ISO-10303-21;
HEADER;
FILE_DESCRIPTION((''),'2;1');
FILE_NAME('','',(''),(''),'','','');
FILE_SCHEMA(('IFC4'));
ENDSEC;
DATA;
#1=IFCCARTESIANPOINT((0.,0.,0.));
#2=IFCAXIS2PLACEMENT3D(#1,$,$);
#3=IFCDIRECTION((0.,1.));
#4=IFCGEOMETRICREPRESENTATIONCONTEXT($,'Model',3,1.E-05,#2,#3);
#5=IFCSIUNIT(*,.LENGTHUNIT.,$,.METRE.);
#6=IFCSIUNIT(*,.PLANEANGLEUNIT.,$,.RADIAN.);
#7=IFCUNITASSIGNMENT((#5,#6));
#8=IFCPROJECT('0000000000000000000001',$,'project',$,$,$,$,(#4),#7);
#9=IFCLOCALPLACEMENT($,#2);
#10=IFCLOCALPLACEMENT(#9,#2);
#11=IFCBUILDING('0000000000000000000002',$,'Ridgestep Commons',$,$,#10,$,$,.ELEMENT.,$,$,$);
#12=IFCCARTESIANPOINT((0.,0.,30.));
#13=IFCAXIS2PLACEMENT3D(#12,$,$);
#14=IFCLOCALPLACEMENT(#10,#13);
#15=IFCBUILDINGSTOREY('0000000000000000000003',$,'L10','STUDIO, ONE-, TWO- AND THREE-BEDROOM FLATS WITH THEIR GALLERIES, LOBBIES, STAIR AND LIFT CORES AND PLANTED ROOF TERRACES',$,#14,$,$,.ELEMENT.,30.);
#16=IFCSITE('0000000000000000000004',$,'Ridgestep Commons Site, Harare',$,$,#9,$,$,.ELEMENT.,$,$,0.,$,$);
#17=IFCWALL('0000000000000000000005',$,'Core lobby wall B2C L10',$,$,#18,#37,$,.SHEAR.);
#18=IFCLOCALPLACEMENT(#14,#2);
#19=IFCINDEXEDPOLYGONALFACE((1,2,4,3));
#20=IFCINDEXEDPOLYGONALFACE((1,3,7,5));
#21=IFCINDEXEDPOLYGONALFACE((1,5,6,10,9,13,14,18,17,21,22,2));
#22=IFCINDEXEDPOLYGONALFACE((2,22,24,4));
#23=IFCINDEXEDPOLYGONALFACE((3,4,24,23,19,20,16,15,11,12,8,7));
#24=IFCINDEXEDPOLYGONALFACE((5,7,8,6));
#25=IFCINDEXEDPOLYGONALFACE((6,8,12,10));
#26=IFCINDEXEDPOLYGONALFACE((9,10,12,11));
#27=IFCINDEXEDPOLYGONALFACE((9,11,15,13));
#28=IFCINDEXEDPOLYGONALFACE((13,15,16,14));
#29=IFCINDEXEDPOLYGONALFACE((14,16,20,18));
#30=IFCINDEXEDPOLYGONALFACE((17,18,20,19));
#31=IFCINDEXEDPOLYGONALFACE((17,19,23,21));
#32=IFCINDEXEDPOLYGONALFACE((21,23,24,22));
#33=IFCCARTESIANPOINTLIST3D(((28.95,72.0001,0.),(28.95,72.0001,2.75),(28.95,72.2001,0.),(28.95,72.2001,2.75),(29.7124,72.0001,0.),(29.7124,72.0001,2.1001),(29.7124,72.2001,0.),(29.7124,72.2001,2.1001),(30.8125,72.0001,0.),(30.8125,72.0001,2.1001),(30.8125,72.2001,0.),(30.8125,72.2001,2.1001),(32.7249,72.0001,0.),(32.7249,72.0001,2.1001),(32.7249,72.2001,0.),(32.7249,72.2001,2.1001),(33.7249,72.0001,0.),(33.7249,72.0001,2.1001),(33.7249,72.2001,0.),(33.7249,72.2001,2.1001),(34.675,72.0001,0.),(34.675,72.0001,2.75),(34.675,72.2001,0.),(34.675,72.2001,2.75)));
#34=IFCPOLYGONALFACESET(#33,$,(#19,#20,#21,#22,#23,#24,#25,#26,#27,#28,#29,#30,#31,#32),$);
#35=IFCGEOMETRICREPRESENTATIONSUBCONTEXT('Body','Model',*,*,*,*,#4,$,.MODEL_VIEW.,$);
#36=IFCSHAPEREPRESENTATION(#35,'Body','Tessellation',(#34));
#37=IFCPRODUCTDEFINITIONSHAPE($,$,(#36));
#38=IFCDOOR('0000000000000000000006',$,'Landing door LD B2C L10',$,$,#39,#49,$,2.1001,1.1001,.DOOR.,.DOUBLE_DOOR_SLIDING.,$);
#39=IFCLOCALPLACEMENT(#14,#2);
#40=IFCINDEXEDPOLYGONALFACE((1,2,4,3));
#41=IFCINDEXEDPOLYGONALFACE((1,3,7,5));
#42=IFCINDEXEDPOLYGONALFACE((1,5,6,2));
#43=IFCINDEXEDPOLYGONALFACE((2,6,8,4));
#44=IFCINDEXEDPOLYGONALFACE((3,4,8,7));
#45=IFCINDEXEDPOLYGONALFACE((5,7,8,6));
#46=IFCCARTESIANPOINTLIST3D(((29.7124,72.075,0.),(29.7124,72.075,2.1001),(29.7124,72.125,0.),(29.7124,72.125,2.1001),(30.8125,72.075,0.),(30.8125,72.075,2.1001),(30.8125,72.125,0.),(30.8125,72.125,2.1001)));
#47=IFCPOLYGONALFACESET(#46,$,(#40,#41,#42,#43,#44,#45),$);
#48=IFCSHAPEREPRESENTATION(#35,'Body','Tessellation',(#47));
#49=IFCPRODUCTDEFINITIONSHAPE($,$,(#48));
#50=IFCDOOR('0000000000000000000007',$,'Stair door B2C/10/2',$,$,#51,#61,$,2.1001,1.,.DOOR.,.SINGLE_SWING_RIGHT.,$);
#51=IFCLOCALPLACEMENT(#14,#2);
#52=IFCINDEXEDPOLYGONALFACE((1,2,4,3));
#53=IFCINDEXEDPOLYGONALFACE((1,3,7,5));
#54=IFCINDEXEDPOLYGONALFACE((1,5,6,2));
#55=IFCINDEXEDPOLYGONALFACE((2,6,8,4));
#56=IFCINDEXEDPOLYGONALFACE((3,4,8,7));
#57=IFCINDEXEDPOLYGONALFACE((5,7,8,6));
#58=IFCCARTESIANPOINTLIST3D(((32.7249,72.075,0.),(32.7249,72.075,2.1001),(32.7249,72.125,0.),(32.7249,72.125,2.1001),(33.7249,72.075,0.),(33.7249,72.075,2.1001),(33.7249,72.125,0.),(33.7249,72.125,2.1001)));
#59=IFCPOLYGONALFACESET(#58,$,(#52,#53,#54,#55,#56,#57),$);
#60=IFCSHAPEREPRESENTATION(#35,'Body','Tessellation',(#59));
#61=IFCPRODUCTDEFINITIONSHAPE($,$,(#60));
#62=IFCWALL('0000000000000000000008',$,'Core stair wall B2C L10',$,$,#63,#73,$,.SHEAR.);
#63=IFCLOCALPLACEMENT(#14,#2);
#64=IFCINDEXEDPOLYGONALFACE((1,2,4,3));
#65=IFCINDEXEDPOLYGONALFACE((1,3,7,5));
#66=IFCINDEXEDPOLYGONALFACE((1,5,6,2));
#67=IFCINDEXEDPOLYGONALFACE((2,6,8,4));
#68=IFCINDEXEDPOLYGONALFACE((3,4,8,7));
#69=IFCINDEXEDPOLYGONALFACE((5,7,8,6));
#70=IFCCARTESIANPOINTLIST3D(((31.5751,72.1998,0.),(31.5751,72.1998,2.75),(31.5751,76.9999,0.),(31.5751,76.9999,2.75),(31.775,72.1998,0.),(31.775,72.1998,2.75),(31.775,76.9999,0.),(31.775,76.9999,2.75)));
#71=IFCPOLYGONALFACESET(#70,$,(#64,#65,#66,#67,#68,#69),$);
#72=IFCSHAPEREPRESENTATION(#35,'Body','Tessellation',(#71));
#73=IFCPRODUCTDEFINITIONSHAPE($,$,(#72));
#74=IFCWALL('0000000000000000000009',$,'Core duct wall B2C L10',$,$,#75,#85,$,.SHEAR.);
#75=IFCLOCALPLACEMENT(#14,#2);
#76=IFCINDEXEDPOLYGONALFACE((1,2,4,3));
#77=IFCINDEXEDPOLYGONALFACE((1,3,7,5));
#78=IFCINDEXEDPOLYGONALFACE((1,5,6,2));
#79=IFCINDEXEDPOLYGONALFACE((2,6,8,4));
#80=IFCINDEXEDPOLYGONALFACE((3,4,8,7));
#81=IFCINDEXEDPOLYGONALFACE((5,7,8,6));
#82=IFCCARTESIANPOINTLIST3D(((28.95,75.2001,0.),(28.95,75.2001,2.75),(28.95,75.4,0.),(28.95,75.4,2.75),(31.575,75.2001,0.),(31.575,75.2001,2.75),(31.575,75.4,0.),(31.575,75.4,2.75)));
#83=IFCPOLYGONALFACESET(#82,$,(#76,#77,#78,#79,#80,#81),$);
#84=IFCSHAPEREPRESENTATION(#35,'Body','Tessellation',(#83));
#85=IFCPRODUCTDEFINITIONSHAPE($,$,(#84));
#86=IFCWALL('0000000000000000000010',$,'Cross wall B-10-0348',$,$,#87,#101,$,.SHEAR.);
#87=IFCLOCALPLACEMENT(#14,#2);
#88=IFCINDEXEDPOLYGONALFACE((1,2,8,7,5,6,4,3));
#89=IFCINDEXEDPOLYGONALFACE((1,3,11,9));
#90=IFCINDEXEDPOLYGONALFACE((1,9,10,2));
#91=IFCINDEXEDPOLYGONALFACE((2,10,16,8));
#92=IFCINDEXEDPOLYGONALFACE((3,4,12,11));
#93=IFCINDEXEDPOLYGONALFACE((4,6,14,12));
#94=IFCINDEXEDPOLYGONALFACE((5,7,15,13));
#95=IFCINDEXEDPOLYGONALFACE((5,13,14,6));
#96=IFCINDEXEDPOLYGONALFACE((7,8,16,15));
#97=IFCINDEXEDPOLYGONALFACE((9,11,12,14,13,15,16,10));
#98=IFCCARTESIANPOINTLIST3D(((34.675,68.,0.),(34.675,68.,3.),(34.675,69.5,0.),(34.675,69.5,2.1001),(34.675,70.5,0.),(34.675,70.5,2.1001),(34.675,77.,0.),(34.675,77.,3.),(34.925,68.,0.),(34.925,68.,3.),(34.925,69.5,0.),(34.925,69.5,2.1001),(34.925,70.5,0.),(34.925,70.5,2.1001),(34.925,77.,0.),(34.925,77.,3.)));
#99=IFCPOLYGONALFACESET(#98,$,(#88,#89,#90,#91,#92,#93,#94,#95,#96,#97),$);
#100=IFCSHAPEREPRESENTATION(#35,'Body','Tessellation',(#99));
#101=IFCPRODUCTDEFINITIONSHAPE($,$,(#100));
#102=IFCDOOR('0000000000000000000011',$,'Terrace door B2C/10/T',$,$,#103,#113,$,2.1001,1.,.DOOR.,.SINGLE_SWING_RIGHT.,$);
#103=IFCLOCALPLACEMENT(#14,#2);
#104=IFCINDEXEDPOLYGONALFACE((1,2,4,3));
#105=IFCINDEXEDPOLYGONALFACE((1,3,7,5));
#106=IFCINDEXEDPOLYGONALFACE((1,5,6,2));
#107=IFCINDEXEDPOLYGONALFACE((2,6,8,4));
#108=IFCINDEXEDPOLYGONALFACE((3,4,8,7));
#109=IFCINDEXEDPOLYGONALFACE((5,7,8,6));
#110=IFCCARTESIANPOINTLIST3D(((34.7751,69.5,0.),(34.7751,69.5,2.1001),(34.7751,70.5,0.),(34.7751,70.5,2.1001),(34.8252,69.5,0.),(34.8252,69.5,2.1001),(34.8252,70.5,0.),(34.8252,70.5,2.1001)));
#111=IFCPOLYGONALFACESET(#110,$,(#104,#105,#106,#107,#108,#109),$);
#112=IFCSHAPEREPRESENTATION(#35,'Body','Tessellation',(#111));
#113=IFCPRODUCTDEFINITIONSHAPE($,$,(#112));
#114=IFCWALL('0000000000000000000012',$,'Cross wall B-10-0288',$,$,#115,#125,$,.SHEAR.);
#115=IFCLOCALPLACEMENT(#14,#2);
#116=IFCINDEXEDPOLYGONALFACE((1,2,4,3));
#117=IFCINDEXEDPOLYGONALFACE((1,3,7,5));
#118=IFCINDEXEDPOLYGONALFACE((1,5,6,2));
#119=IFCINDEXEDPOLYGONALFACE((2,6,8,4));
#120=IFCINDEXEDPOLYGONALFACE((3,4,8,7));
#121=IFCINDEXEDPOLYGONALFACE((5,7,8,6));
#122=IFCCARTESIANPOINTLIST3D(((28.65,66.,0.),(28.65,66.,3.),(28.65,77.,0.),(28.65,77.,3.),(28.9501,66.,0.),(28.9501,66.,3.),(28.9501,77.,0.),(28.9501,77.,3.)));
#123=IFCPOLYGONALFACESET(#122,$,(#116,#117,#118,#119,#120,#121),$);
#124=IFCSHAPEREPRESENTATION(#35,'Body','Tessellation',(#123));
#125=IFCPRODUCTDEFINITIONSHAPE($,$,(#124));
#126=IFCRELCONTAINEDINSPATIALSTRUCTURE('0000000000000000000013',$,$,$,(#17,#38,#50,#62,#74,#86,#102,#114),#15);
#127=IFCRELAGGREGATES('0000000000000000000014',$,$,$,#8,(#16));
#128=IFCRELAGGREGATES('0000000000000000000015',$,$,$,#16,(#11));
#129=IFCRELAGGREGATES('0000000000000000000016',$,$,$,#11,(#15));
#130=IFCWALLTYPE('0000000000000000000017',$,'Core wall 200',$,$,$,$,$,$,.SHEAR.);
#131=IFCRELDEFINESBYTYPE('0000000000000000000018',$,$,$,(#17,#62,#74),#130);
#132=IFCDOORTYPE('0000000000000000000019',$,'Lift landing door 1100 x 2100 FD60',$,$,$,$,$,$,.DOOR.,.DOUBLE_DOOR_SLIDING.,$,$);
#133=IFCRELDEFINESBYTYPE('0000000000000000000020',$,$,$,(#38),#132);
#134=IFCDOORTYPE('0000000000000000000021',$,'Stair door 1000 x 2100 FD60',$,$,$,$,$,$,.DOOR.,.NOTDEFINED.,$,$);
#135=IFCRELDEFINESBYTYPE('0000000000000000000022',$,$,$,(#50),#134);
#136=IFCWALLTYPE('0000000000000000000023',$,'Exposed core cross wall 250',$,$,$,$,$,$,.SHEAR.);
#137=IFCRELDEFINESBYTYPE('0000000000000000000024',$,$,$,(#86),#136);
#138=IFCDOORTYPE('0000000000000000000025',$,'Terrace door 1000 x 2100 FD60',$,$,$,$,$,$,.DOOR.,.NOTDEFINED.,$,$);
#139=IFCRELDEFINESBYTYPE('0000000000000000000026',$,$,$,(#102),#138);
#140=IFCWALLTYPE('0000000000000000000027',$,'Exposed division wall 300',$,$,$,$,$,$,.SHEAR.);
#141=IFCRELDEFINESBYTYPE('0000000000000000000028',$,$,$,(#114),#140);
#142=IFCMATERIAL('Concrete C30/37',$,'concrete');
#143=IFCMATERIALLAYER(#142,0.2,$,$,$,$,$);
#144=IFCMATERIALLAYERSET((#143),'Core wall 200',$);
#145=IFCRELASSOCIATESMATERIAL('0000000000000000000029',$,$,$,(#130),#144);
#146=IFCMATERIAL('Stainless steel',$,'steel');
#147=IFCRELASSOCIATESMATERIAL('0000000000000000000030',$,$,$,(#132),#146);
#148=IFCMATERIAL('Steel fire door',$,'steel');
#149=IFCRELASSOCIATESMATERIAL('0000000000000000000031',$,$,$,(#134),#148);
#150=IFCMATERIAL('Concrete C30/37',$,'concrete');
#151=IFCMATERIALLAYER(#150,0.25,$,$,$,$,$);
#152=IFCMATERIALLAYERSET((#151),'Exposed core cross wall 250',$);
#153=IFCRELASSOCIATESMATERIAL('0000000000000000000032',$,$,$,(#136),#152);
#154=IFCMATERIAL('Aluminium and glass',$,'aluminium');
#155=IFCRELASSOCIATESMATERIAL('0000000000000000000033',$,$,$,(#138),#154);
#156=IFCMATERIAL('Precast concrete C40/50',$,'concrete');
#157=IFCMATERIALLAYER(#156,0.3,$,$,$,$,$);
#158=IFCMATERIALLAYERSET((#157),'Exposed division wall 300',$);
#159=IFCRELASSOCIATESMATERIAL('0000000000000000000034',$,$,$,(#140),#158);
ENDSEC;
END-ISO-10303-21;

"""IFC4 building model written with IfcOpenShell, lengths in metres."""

from ifc_helpers import new_model, si_unit, direction, frame, frame_2d, origin, place, context, subcontext, project, spatial, rectangle, extrude, material, layer, layer_set, type_object, element, fill, save


model = new_model("IFC4")

# Units and contexts
model_context = context("Model", 3, precision=1e-05, world=origin(), true_north=direction((0.0, 1.0)))
body_context = subcontext(model_context, "Body", "Model", "MODEL_VIEW")
ifc_project = project(units=[si_unit("LENGTHUNIT", "METRE"), si_unit("PLANEANGLEUNIT", "RADIAN")], contexts=[model_context])

# Site, building, storey
site_placement = place(None, origin())
site = spatial("IfcSite", under=ifc_project, at=site_placement, Name="Ridgestep Commons Site, Harare", CompositionType="ELEMENT", RefElevation=0.0)
building_placement = place(site_placement, origin())
building = spatial("IfcBuilding", under=site, at=building_placement, Name="Ridgestep Commons", CompositionType="ELEMENT")
storey_placement = place(building_placement, frame((0.0, 0.0, 30.0)))
storey = spatial("IfcBuildingStorey", under=building, at=storey_placement, Name="L10", Description="STUDIO, ONE-, TWO- AND THREE-BEDROOM FLATS WITH THEIR GALLERIES, LOBBIES, STAIR AND LIFT CORES AND PLANTED ROOF TERRACES", CompositionType="ELEMENT", Elevation=30.0)

# Wall, openings, doors
ifc_material_1 = material(Name="Concrete C30/37", Category="concrete")
ifc_layer_1 = layer(ifc_material_1, 0.2)
ifc_layer_set_1 = layer_set([ifc_layer_1], Name="Core wall 200")
wall_type_1 = type_object("IfcWallType", Name="Core wall 200", PredefinedType="SHEAR", material=ifc_layer_set_1)
wall_1_placement = place(storey_placement, frame((28.95, 72.1001, 0.0), z_axis=(0.0, 0.0, 1.0), x_axis=(1.0, 0.0, 0.0)))
wall_1 = element("IfcWall", 1, at=wall_1_placement, inside=storey, type_object=wall_type_1, Name="Core lobby wall B2C L10", PredefinedType="SHEAR", context=body_context, shape_type="SweptSolid", body=[
    extrude(rectangle(XDim=5.7251, YDim=0.2, at=frame_2d((2.8625, 0.0))), origin(), (0.0, 0.0, 1.0), 2.75),
])
opening_1_placement = place(wall_1_placement, frame((3.7749, 0.0, 0.0)))
opening_1 = element("IfcOpeningElement", 2, at=opening_1_placement, cuts=wall_1, PredefinedType="OPENING", context=body_context, shape_type="SweptSolid", body=[
    extrude(rectangle(XDim=1.0, YDim=2.1001, at=frame_2d((0.5, 1.05))), frame((0.0, 0.1099, 0.0), z_axis=(0.0, -1.0, 0.0), x_axis=(1.0, 0.0, 0.0)), (0.0, 0.0, 1.0), 0.22),
])
opening_2_placement = place(wall_1_placement, frame((0.7625, 0.0, 0.0)))
opening_2 = element("IfcOpeningElement", 3, at=opening_2_placement, cuts=wall_1, PredefinedType="OPENING", context=body_context, shape_type="SweptSolid", body=[
    extrude(rectangle(XDim=1.1001, YDim=2.1001, at=frame_2d((0.55, 1.05))), frame((0.0, 0.1099, 0.0), z_axis=(0.0, -1.0, 0.0), x_axis=(1.0, 0.0, 0.0)), (0.0, 0.0, 1.0), 0.22),
])
ifc_material_2 = material(Name="Stainless steel", Category="steel")
door_type_1 = type_object("IfcDoorType", Name="Lift landing door 1100 x 2100 FD60", OperationType="DOUBLE_DOOR_SLIDING", PredefinedType="DOOR", material=ifc_material_2)
door_1_placement = place(opening_2_placement, origin())
door_1 = element("IfcDoor", 4, at=door_1_placement, inside=storey, type_object=door_type_1, Name="Landing door LD B2C L10", OperationType="DOUBLE_DOOR_SLIDING", OverallHeight=2.1001, OverallWidth=1.1001, PredefinedType="DOOR", context=body_context, shape_type="SweptSolid", body=[
    extrude(rectangle(XDim=1.1001, YDim=2.1001, at=frame_2d((0.55, 1.05))), frame((0.0, 0.0249, 0.0), z_axis=(0.0, -1.0, 0.0), x_axis=(1.0, 0.0, 0.0)), (0.0, 0.0, 1.0), 0.05),
])
fill(opening_2, door_1)
ifc_material_3 = material(Name="Steel fire door", Category="steel")
door_type_2 = type_object("IfcDoorType", Name="Stair door 1000 x 2100 FD60", OperationType="NOTDEFINED", PredefinedType="DOOR", material=ifc_material_3)
door_2_placement = place(opening_1_placement, origin())
door_2 = element("IfcDoor", 5, at=door_2_placement, inside=storey, type_object=door_type_2, Name="Stair door B2C/10/2", OperationType="SINGLE_SWING_RIGHT", OverallHeight=2.1001, OverallWidth=1.0, PredefinedType="DOOR", context=body_context, shape_type="SweptSolid", body=[
    extrude(rectangle(XDim=1.0, YDim=2.1001, at=frame_2d((0.5, 1.05))), frame((0.0, 0.0249, 0.0), z_axis=(0.0, -1.0, 0.0), x_axis=(1.0, 0.0, 0.0)), (0.0, 0.0, 1.0), 0.05),
])
fill(opening_1, door_2)

# Walls
wall_2_placement = place(storey_placement, frame((31.675, 72.2, 0.0), z_axis=(0.0, 0.0, 1.0), x_axis=(0.0, 1.0, 0.0)))
element("IfcWall", 6, at=wall_2_placement, inside=storey, type_object=wall_type_1, Name="Core stair wall B2C L10", PredefinedType="SHEAR", context=body_context, shape_type="SweptSolid", body=[
    extrude(rectangle(XDim=4.8, YDim=0.2, at=frame_2d((2.3999, 0.0))), origin(), (0.0, 0.0, 1.0), 2.75),
])
wall_3_placement = place(storey_placement, frame((28.95, 75.3, 0.0), z_axis=(0.0, 0.0, 1.0), x_axis=(1.0, 0.0, 0.0)))
element("IfcWall", 7, at=wall_3_placement, inside=storey, type_object=wall_type_1, Name="Core duct wall B2C L10", PredefinedType="SHEAR", context=body_context, shape_type="SweptSolid", body=[
    extrude(rectangle(XDim=2.625, YDim=0.2, at=frame_2d((1.3125, 0.0))), origin(), (0.0, 0.0, 1.0), 2.75),
])

# Wall, opening, door
ifc_material_4 = material(Name="Concrete C30/37", Category="concrete")
ifc_layer_2 = layer(ifc_material_4, 0.25)
ifc_layer_set_2 = layer_set([ifc_layer_2], Name="Exposed core cross wall 250")
wall_type_2 = type_object("IfcWallType", Name="Exposed core cross wall 250", PredefinedType="SHEAR", material=ifc_layer_set_2)
wall_4_placement = place(storey_placement, frame((34.8, 68.0, 0.0), z_axis=(0.0, 0.0, 1.0), x_axis=(0.0, 1.0, 0.0)))
wall_4 = element("IfcWall", 8, at=wall_4_placement, inside=storey, type_object=wall_type_2, Name="Cross wall B-10-0348", PredefinedType="SHEAR", context=body_context, shape_type="SweptSolid", body=[
    extrude(rectangle(XDim=9.0, YDim=0.25, at=frame_2d((4.5, 0.0))), origin(), (0.0, 0.0, 1.0), 3.0),
])
opening_3_placement = place(wall_4_placement, frame((1.5, 0.0, 0.0)))
opening_3 = element("IfcOpeningElement", 9, at=opening_3_placement, cuts=wall_4, PredefinedType="OPENING", context=body_context, shape_type="SweptSolid", body=[
    extrude(rectangle(XDim=1.0, YDim=2.1001, at=frame_2d((0.5, 1.05))), frame((0.0, 0.135, 0.0), z_axis=(0.0, -1.0, 0.0), x_axis=(1.0, 0.0, 0.0)), (0.0, 0.0, 1.0), 0.27),
])
ifc_material_5 = material(Name="Aluminium and glass", Category="aluminium")
door_type_3 = type_object("IfcDoorType", Name="Terrace door 1000 x 2100 FD60", OperationType="NOTDEFINED", PredefinedType="DOOR", material=ifc_material_5)
door_3_placement = place(opening_3_placement, origin())
door_3 = element("IfcDoor", 10, at=door_3_placement, inside=storey, type_object=door_type_3, Name="Terrace door B2C/10/T", OperationType="SINGLE_SWING_RIGHT", OverallHeight=2.1001, OverallWidth=1.0, PredefinedType="DOOR", context=body_context, shape_type="SweptSolid", body=[
    extrude(rectangle(XDim=1.0, YDim=2.1001, at=frame_2d((0.5, 1.05))), frame((0.0, 0.0249, 0.0), z_axis=(0.0, -1.0, 0.0), x_axis=(1.0, 0.0, 0.0)), (0.0, 0.0, 1.0), 0.05),
])
fill(opening_3, door_3)

# Wall
ifc_material_6 = material(Name="Precast concrete C40/50", Category="concrete")
ifc_layer_3 = layer(ifc_material_6, 0.3)
ifc_layer_set_3 = layer_set([ifc_layer_3], Name="Exposed division wall 300")
wall_type_3 = type_object("IfcWallType", Name="Exposed division wall 300", PredefinedType="SHEAR", material=ifc_layer_set_3)
wall_5_placement = place(storey_placement, frame((28.8, 66.0, 0.0), z_axis=(0.0, 0.0, 1.0), x_axis=(0.0, 1.0, 0.0)))
element("IfcWall", 11, at=wall_5_placement, inside=storey, type_object=wall_type_3, Name="Cross wall B-10-0288", PredefinedType="SHEAR", context=body_context, shape_type="SweptSolid", body=[
    extrude(rectangle(XDim=11.0, YDim=0.3, at=frame_2d((5.5, 0.0))), origin(), (0.0, 0.0, 1.0), 3.0),
])

save(model, "model.ifc")
